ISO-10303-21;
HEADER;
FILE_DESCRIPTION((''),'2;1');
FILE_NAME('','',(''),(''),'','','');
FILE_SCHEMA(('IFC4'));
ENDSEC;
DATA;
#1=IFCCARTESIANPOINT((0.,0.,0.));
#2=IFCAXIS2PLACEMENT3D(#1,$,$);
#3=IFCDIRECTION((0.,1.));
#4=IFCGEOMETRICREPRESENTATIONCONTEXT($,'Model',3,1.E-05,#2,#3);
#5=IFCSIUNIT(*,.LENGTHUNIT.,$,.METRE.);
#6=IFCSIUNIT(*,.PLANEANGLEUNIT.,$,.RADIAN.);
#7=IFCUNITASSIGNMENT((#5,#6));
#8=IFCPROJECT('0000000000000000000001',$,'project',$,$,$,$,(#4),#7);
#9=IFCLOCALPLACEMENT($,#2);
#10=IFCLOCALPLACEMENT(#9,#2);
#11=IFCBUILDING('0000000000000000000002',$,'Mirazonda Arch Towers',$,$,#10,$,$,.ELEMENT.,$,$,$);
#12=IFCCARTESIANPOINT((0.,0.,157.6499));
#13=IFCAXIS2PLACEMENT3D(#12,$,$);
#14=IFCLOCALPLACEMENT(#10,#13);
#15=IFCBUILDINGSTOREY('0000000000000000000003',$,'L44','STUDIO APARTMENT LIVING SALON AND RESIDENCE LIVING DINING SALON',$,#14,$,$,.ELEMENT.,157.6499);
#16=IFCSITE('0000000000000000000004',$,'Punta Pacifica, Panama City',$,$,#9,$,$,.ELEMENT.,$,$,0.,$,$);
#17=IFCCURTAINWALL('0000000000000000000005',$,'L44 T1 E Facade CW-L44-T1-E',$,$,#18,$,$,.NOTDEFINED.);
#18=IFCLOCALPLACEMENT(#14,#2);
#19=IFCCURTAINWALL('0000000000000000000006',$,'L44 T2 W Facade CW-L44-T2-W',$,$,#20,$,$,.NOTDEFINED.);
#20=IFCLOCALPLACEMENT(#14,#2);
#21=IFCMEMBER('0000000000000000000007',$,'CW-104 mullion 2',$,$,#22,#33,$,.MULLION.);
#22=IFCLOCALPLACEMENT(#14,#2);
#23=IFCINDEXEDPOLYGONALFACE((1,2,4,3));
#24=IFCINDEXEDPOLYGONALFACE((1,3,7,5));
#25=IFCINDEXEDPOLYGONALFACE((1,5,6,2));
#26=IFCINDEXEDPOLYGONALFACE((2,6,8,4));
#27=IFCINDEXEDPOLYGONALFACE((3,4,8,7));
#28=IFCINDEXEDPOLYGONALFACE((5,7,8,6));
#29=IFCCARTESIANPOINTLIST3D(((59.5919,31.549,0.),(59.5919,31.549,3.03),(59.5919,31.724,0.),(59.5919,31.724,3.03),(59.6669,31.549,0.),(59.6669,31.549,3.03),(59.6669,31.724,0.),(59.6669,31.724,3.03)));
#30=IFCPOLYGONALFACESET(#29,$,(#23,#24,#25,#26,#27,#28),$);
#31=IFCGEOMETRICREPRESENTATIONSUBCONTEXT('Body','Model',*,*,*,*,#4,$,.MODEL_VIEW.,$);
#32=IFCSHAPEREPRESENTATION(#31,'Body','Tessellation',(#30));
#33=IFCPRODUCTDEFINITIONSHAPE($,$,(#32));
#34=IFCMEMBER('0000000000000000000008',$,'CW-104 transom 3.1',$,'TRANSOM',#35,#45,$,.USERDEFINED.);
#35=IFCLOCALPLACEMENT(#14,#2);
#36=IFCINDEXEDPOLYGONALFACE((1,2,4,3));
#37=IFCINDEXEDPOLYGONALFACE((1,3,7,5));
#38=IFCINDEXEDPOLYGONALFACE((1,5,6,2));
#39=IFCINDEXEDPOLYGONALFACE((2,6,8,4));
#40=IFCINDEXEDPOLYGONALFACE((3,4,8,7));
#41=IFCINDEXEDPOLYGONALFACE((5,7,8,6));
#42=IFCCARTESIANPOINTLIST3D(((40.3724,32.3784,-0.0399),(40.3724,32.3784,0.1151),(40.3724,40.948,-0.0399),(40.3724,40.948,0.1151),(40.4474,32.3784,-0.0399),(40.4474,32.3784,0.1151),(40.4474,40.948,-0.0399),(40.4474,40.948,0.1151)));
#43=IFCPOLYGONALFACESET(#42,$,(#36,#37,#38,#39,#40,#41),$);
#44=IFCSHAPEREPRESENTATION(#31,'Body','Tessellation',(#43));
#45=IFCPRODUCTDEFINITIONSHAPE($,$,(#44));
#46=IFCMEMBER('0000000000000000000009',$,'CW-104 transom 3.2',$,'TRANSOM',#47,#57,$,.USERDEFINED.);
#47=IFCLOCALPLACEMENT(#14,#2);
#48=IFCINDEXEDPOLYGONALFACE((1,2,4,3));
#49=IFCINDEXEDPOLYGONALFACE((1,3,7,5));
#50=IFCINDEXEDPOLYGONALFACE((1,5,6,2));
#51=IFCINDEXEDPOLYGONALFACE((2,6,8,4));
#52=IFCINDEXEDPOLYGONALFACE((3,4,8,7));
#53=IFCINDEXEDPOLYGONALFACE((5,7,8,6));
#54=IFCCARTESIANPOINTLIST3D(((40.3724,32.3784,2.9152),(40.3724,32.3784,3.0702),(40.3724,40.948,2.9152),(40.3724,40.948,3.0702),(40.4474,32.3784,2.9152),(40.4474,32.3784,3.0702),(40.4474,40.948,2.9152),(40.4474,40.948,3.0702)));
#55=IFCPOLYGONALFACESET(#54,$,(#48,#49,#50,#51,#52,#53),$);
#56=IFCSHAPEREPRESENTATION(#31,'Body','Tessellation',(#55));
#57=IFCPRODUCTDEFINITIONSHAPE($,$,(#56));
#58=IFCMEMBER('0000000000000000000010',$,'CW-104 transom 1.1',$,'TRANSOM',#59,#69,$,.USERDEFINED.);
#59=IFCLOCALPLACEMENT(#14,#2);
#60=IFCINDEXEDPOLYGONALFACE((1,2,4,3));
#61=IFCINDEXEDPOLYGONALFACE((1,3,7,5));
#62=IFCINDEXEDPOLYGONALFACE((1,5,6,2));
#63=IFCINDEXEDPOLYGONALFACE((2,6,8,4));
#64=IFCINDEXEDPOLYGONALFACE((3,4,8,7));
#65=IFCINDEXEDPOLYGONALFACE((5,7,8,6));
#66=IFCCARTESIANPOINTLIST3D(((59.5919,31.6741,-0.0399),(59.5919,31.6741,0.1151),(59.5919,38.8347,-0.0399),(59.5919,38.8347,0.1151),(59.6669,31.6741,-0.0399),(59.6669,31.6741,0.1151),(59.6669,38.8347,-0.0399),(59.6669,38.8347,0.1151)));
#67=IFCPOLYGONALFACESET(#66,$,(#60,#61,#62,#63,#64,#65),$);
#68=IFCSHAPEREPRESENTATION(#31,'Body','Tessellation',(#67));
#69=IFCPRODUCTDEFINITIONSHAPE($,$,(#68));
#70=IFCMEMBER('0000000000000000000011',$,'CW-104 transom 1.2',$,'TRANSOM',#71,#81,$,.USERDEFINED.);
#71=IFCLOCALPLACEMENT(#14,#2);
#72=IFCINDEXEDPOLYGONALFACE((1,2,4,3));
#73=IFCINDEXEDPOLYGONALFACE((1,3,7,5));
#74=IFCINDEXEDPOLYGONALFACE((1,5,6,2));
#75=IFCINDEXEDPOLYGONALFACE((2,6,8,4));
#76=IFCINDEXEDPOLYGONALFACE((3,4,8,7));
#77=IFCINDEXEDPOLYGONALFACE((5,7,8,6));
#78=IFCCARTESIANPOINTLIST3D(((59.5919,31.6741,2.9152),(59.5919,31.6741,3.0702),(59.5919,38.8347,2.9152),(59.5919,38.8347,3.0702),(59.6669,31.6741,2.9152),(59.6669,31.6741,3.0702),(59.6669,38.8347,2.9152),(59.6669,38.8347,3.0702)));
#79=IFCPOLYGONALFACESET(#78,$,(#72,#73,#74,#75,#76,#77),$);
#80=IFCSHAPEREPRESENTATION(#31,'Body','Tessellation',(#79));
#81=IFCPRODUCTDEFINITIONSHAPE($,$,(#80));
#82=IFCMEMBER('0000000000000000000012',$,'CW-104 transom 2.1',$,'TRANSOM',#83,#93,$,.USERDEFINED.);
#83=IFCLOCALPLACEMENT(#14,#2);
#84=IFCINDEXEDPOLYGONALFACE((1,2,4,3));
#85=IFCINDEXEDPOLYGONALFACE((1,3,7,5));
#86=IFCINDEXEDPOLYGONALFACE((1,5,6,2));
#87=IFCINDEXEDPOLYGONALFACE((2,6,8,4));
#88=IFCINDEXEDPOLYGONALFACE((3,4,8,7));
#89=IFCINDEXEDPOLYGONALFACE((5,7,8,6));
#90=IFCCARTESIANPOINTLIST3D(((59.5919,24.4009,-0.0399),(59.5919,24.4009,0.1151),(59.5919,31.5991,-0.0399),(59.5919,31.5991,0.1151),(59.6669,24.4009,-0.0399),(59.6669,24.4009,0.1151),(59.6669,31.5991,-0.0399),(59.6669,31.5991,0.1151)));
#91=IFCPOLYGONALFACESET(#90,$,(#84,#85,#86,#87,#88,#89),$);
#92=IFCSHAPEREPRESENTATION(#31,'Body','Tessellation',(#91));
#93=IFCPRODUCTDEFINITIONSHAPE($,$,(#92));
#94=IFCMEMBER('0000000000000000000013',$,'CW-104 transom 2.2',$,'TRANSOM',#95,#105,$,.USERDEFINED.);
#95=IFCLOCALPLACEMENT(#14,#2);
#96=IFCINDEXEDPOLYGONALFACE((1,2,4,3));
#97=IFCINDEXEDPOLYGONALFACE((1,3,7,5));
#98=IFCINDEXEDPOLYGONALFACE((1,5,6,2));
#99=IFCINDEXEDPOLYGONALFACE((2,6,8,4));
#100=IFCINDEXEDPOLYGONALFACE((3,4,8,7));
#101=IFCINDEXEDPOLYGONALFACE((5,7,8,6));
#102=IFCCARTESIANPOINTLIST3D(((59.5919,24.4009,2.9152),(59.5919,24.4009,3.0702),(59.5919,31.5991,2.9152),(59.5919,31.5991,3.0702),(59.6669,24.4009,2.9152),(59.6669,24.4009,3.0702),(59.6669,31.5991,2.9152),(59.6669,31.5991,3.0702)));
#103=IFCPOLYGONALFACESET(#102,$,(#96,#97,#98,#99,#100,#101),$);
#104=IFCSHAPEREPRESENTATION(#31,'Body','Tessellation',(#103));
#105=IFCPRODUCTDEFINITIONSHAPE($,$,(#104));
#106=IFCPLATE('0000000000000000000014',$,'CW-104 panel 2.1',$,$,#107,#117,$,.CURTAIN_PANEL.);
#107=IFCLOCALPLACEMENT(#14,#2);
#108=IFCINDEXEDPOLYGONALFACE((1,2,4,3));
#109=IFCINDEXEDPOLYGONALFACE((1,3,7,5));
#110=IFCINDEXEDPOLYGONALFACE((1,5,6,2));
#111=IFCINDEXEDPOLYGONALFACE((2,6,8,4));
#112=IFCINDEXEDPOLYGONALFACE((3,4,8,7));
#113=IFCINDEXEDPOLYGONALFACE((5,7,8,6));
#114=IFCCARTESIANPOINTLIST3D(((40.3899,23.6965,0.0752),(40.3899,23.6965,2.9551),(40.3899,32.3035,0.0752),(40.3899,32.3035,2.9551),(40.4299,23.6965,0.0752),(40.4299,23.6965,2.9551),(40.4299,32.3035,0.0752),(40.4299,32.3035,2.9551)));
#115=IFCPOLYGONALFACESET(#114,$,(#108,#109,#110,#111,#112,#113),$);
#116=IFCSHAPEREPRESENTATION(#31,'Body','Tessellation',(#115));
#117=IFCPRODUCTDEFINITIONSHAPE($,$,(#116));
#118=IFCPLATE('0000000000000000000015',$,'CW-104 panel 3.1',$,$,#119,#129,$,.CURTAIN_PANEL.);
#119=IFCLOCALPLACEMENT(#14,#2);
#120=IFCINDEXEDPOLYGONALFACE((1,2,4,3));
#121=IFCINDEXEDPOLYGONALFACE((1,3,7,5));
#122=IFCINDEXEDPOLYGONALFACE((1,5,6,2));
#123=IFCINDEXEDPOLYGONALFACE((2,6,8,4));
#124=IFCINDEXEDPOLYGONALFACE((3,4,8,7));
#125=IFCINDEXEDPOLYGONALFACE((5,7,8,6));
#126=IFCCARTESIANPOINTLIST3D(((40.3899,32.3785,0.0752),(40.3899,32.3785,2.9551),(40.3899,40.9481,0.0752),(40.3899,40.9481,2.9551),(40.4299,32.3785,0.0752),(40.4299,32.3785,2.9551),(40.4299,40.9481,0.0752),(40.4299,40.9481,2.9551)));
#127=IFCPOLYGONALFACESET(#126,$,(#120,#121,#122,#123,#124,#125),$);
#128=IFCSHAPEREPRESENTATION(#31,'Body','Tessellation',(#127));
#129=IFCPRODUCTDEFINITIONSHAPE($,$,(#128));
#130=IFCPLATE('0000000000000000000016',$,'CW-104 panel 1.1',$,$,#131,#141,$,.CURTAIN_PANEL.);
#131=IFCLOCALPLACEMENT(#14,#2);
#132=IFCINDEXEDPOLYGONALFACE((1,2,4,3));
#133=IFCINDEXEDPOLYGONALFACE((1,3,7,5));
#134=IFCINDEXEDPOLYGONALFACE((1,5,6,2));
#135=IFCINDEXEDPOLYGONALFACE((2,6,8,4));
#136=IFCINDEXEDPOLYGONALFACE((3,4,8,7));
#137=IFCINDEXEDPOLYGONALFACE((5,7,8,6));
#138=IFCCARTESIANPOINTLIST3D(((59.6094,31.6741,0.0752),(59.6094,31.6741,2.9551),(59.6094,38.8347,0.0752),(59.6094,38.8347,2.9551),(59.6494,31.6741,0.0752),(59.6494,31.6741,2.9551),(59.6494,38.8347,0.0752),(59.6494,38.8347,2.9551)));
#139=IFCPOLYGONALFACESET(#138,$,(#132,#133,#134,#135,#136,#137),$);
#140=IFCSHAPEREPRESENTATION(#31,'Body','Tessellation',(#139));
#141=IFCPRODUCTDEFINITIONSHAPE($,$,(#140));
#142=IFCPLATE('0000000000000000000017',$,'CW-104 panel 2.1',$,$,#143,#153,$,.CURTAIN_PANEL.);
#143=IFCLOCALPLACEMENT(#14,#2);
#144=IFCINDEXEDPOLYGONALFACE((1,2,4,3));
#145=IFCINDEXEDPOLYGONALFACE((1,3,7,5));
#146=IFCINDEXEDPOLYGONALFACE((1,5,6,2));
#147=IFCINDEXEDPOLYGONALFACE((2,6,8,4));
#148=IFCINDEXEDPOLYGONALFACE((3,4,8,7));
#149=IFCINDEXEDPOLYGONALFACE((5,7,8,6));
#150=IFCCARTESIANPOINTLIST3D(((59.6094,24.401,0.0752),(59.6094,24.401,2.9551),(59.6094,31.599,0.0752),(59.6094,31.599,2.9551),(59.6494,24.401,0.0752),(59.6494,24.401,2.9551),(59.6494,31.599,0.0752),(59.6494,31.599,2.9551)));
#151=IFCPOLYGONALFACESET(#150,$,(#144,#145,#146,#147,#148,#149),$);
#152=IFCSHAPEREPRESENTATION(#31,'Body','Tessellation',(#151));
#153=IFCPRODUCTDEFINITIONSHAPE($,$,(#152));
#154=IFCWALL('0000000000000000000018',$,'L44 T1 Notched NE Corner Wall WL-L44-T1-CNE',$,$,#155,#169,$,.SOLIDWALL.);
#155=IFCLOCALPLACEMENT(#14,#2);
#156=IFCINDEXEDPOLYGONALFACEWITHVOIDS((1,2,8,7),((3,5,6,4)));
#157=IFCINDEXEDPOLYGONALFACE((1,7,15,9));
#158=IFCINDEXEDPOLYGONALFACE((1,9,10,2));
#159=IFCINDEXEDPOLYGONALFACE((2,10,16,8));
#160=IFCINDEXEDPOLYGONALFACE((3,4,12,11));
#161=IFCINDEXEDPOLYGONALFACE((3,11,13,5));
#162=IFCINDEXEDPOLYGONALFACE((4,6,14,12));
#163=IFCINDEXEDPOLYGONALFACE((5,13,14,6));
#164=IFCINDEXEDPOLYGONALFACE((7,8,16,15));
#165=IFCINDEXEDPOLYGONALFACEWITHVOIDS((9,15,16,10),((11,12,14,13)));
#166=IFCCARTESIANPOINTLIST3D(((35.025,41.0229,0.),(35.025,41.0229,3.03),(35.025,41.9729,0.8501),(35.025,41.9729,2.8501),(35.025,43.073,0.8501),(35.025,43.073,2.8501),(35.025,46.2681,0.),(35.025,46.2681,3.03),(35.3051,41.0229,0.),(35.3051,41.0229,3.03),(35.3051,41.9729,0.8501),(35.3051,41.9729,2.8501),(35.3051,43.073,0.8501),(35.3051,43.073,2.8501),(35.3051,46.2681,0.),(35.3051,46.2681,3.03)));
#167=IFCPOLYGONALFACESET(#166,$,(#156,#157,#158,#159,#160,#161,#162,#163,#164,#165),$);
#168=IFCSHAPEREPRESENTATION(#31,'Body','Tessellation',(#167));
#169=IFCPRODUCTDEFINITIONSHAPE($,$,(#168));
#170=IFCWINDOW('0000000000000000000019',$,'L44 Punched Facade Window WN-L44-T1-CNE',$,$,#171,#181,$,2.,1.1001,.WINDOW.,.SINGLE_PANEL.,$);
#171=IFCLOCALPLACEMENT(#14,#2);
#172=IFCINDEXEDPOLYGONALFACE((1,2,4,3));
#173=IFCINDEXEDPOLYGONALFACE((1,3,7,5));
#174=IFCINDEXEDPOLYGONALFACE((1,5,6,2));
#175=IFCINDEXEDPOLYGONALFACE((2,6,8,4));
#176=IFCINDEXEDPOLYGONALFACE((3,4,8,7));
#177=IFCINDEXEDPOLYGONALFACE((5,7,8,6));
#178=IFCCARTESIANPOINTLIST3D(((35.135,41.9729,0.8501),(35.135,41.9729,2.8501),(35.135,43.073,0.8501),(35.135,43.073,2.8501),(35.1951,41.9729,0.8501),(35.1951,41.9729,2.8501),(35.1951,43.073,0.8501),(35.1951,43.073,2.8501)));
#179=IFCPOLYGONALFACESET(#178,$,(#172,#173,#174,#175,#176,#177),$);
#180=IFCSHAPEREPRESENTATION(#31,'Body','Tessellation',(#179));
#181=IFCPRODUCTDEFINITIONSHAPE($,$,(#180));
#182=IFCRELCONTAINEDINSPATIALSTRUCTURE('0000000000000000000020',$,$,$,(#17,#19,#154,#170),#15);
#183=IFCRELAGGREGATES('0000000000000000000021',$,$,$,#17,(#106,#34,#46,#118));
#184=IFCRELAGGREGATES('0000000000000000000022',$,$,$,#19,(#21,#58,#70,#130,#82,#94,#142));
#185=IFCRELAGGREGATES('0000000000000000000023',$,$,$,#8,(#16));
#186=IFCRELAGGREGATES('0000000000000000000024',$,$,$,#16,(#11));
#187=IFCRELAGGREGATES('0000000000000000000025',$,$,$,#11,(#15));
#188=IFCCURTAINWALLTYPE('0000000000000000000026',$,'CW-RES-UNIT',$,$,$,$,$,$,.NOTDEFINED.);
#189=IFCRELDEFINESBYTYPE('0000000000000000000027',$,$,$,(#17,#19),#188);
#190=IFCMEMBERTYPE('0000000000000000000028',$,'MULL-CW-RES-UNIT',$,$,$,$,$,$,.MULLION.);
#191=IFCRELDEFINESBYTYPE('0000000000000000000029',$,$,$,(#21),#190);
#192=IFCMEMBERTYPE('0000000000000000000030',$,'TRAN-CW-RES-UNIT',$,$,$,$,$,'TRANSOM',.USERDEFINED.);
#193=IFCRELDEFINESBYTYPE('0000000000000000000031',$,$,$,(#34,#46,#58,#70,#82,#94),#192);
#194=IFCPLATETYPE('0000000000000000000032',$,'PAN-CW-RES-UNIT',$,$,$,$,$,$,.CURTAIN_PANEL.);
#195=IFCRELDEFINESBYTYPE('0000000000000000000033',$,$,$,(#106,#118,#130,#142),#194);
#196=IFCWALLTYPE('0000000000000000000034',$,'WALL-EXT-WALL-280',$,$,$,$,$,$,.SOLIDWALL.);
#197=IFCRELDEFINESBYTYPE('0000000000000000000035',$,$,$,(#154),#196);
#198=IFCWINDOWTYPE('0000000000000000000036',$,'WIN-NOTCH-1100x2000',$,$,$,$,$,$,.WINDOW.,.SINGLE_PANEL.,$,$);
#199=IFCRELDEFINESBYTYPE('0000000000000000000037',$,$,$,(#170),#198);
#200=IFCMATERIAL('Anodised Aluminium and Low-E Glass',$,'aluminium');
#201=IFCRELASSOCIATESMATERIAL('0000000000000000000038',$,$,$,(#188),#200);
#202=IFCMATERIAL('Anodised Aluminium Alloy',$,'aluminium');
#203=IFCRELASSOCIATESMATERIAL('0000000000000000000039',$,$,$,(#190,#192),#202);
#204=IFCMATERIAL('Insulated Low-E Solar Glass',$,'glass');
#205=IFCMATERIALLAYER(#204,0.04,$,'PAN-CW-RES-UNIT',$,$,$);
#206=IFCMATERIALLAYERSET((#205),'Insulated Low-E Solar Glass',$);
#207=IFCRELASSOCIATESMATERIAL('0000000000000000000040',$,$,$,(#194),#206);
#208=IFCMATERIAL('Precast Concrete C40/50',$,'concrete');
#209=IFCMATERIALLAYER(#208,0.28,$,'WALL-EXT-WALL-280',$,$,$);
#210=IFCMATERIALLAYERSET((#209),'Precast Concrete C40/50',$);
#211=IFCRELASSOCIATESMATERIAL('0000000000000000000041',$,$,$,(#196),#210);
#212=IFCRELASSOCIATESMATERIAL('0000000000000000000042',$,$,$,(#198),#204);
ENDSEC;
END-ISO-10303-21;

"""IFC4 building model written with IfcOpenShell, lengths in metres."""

from ifc_helpers import new_model, si_unit, direction, frame, frame_2d, origin, origin_2d, place, context, subcontext, project, spatial, rectangle, extrude, material, layer, layer_set, material_profile, profile_set, type_object, element, fill, aggregate, save


model = new_model("IFC4")

# Units and contexts
model_context = context("Model", 3, precision=1e-05, world=origin(), true_north=direction((0.0, 1.0)))
body_context = subcontext(model_context, "Body", "Model", "MODEL_VIEW")
ifc_project = project(units=[si_unit("LENGTHUNIT", "METRE"), si_unit("PLANEANGLEUNIT", "RADIAN")], contexts=[model_context])

# Site, building, storey
site_placement = place(None, origin())
site = spatial("IfcSite", under=ifc_project, at=site_placement, Name="Punta Pacifica, Panama City", CompositionType="ELEMENT", RefElevation=0.0)
building_placement = place(site_placement, origin())
building = spatial("IfcBuilding", under=site, at=building_placement, Name="Mirazonda Arch Towers", CompositionType="ELEMENT")
storey_placement = place(building_placement, frame((0.0, 0.0, 157.6499)))
storey = spatial("IfcBuildingStorey", under=building, at=storey_placement, Name="L44", Description="STUDIO APARTMENT LIVING SALON AND RESIDENCE LIVING DINING SALON", CompositionType="ELEMENT", Elevation=157.6499)

# Curtain walls, member
ifc_material_1 = material(Name="Anodised Aluminium and Low-E Glass", Category="aluminium")
curtain_wall_type = type_object("IfcCurtainWallType", Name="CW-RES-UNIT", PredefinedType="NOTDEFINED", material=ifc_material_1)
curtain_wall_1_placement = place(storey_placement, origin())
curtain_wall_1 = element("IfcCurtainWall", 1, at=curtain_wall_1_placement, inside=storey, type_object=curtain_wall_type, Name="L44 T1 E Facade CW-L44-T1-E", PredefinedType="NOTDEFINED")
ifc_material_2 = material(Name="Anodised Aluminium Alloy", Category="aluminium")
ifc_material_profile_1 = material_profile(ifc_material_2, rectangle(XDim=0.075, YDim=0.175, at=origin_2d()), Name="ALU-MULL-75x175")
ifc_profile_set_1 = profile_set([ifc_material_profile_1], Name="Anodised Aluminium Alloy")
member_type_1 = type_object("IfcMemberType", Name="MULL-CW-RES-UNIT", PredefinedType="MULLION", material=ifc_profile_set_1)
curtain_wall_2_placement = place(storey_placement, origin())
curtain_wall_2 = element("IfcCurtainWall", 2, at=curtain_wall_2_placement, inside=storey, type_object=curtain_wall_type, Name="L44 T2 W Facade CW-L44-T2-W", PredefinedType="NOTDEFINED")
member_1_placement = place(storey_placement, frame((59.6294, 31.6365, 0.0), z_axis=(0.0, 0.0, 1.0), x_axis=(1.0, 0.0, 0.0)))
member_1 = element("IfcMember", 3, at=member_1_placement, type_object=member_type_1, Name="CW-104 mullion 2", PredefinedType="MULLION", context=body_context, shape_type="SweptSolid", body=[
    extrude(rectangle(XDim=0.075, YDim=0.175, at=origin_2d()), origin(), (0.0, 0.0, 1.0), 3.03),
])

# Members
ifc_material_profile_2 = material_profile(ifc_material_2, rectangle(XDim=0.075, YDim=0.155, at=origin_2d()), Name="ALU-TRAN-75x155")
ifc_profile_set_2 = profile_set([ifc_material_profile_2], Name="Anodised Aluminium Alloy")
member_type_2 = type_object("IfcMemberType", Name="TRAN-CW-RES-UNIT", ElementType="TRANSOM", PredefinedType="USERDEFINED", material=ifc_profile_set_2)
member_2_placement = place(storey_placement, frame((40.4099, 32.3784, 0.0376), z_axis=(0.0, 1.0, 0.0), x_axis=(-1.0, 0.0, 0.0)))
member_2 = element("IfcMember", 4, at=member_2_placement, type_object=member_type_2, Name="CW-104 transom 3.1", ObjectType="TRANSOM", PredefinedType="USERDEFINED", context=body_context, shape_type="SweptSolid", body=[
    extrude(rectangle(XDim=0.075, YDim=0.155, at=origin_2d()), origin(), (0.0, 0.0, 1.0), 8.5696),
])
member_3_placement = place(storey_placement, frame((40.4099, 32.3784, 2.9927), z_axis=(0.0, 1.0, 0.0), x_axis=(-1.0, 0.0, 0.0)))
member_3 = element("IfcMember", 5, at=member_3_placement, type_object=member_type_2, Name="CW-104 transom 3.2", ObjectType="TRANSOM", PredefinedType="USERDEFINED", context=body_context, shape_type="SweptSolid", body=[
    extrude(rectangle(XDim=0.075, YDim=0.155, at=origin_2d()), origin(), (0.0, 0.0, 1.0), 8.5696),
])
member_4_placement = place(storey_placement, frame((59.6294, 38.8347, 0.0376), z_axis=(0.0, -1.0, 0.0), x_axis=(1.0, 0.0, 0.0)))
member_4 = element("IfcMember", 6, at=member_4_placement, type_object=member_type_2, Name="CW-104 transom 1.1", ObjectType="TRANSOM", PredefinedType="USERDEFINED", context=body_context, shape_type="SweptSolid", body=[
    extrude(rectangle(XDim=0.075, YDim=0.155, at=origin_2d()), origin(), (0.0, 0.0, 1.0), 7.1606),
])
member_5_placement = place(storey_placement, frame((59.6294, 38.8347, 2.9927), z_axis=(0.0, -1.0, 0.0), x_axis=(1.0, 0.0, 0.0)))
member_5 = element("IfcMember", 7, at=member_5_placement, type_object=member_type_2, Name="CW-104 transom 1.2", ObjectType="TRANSOM", PredefinedType="USERDEFINED", context=body_context, shape_type="SweptSolid", body=[
    extrude(rectangle(XDim=0.075, YDim=0.155, at=origin_2d()), origin(), (0.0, 0.0, 1.0), 7.1606),
])
member_6_placement = place(storey_placement, frame((59.6294, 31.5991, 0.0376), z_axis=(0.0, -1.0, 0.0), x_axis=(1.0, 0.0, 0.0)))
member_6 = element("IfcMember", 8, at=member_6_placement, type_object=member_type_2, Name="CW-104 transom 2.1", ObjectType="TRANSOM", PredefinedType="USERDEFINED", context=body_context, shape_type="SweptSolid", body=[
    extrude(rectangle(XDim=0.075, YDim=0.155, at=origin_2d()), origin(), (0.0, 0.0, 1.0), 7.1982),
])
member_7_placement = place(storey_placement, frame((59.6294, 31.5991, 2.9927), z_axis=(0.0, -1.0, 0.0), x_axis=(1.0, 0.0, 0.0)))
member_7 = element("IfcMember", 9, at=member_7_placement, type_object=member_type_2, Name="CW-104 transom 2.2", ObjectType="TRANSOM", PredefinedType="USERDEFINED", context=body_context, shape_type="SweptSolid", body=[
    extrude(rectangle(XDim=0.075, YDim=0.155, at=origin_2d()), origin(), (0.0, 0.0, 1.0), 7.1982),
])

# Plates
ifc_material_3 = material(Name="Insulated Low-E Solar Glass", Category="glass")
ifc_layer_1 = layer(ifc_material_3, 0.04, Name="PAN-CW-RES-UNIT")
ifc_layer_set_1 = layer_set([ifc_layer_1], Name="Insulated Low-E Solar Glass")
plate_type = type_object("IfcPlateType", Name="PAN-CW-RES-UNIT", PredefinedType="CURTAIN_PANEL", material=ifc_layer_set_1)
plate_1_placement = place(storey_placement, frame((40.4099, 28.0, 0.0752), z_axis=(0.0, 0.0, 1.0), x_axis=(0.0, 1.0, 0.0)))
plate_1 = element("IfcPlate", 10, at=plate_1_placement, type_object=plate_type, Name="CW-104 panel 2.1", PredefinedType="CURTAIN_PANEL", context=body_context, shape_type="SweptSolid", body=[
    extrude(rectangle(XDim=8.6069, YDim=0.04, at=origin_2d()), origin(), (0.0, 0.0, 1.0), 2.8799),
])
plate_2_placement = place(storey_placement, frame((40.4099, 36.6633, 0.0752), z_axis=(0.0, 0.0, 1.0), x_axis=(0.0, 1.0, 0.0)))
plate_2 = element("IfcPlate", 11, at=plate_2_placement, type_object=plate_type, Name="CW-104 panel 3.1", PredefinedType="CURTAIN_PANEL", context=body_context, shape_type="SweptSolid", body=[
    extrude(rectangle(XDim=8.5696, YDim=0.04, at=origin_2d()), origin(), (0.0, 0.0, 1.0), 2.8799),
])
aggregate(curtain_wall_1, [plate_1, member_2, member_3, plate_2])
plate_3_placement = place(storey_placement, frame((59.6294, 35.2544, 0.0752), z_axis=(0.0, 0.0, 1.0), x_axis=(0.0, -1.0, 0.0)))
plate_3 = element("IfcPlate", 12, at=plate_3_placement, type_object=plate_type, Name="CW-104 panel 1.1", PredefinedType="CURTAIN_PANEL", context=body_context, shape_type="SweptSolid", body=[
    extrude(rectangle(XDim=7.1606, YDim=0.04, at=origin_2d()), origin(), (0.0, 0.0, 1.0), 2.8799),
])
plate_4_placement = place(storey_placement, frame((59.6294, 28.0, 0.0752), z_axis=(0.0, 0.0, 1.0), x_axis=(0.0, -1.0, 0.0)))
plate_4 = element("IfcPlate", 13, at=plate_4_placement, type_object=plate_type, Name="CW-104 panel 2.1", PredefinedType="CURTAIN_PANEL", context=body_context, shape_type="SweptSolid", body=[
    extrude(rectangle(XDim=7.198, YDim=0.04, at=origin_2d()), origin(), (0.0, 0.0, 1.0), 2.8799),
])
aggregate(curtain_wall_2, [member_1, member_4, member_5, plate_3, member_6, member_7, plate_4])

# Wall, opening, window
ifc_material_4 = material(Name="Precast Concrete C40/50", Category="concrete")
ifc_layer_2 = layer(ifc_material_4, 0.28, Name="WALL-EXT-WALL-280")
ifc_layer_set_2 = layer_set([ifc_layer_2], Name="Precast Concrete C40/50")
wall_type_1 = type_object("IfcWallType", Name="WALL-EXT-WALL-280", PredefinedType="SOLIDWALL", material=ifc_layer_set_2)
wall_1_placement = place(storey_placement, frame((35.165, 41.0229, 0.0), z_axis=(0.0, 0.0, 1.0), x_axis=(0.0, 1.0, 0.0)))
wall_1 = element("IfcWall", 14, at=wall_1_placement, inside=storey, type_object=wall_type_1, Name="L44 T1 Notched NE Corner Wall WL-L44-T1-CNE", PredefinedType="SOLIDWALL", context=body_context, shape_type="SweptSolid", body=[
    extrude(rectangle(XDim=5.2451, YDim=0.28, at=frame_2d((2.6226, 0.0))), origin(), (0.0, 0.0, 1.0), 3.03),
])
opening_1_placement = place(wall_1_placement, frame((0.95, 0.0, 0.8501)))
opening_1 = element("IfcOpeningElement", 15, at=opening_1_placement, cuts=wall_1, PredefinedType="OPENING", context=body_context, shape_type="SweptSolid", body=[
    extrude(rectangle(XDim=1.1001, YDim=2.0, at=frame_2d((0.55, 1.0))), frame((0.0, 0.1499, 0.0), z_axis=(0.0, -1.0, 0.0), x_axis=(1.0, 0.0, 0.0)), (0.0, 0.0, 1.0), 0.3),
])
window_type = type_object("IfcWindowType", Name="WIN-NOTCH-1100x2000", PartitioningType="SINGLE_PANEL", PredefinedType="WINDOW", material=ifc_material_3)
window_1_placement = place(opening_1_placement, origin())
window_1 = element("IfcWindow", 16, at=window_1_placement, inside=storey, type_object=window_type, Name="L44 Punched Facade Window WN-L44-T1-CNE", OverallHeight=2.0, OverallWidth=1.1001, PartitioningType="SINGLE_PANEL", PredefinedType="WINDOW", context=body_context, shape_type="SweptSolid", body=[
    extrude(rectangle(XDim=1.1001, YDim=2.0, at=frame_2d((0.55, 1.0))), frame((0.0, 0.03, 0.0), z_axis=(0.0, -1.0, 0.0), x_axis=(1.0, 0.0, 0.0)), (0.0, 0.0, 1.0), 0.0601),
])
fill(opening_1, window_1)

save(model, "model.ifc")
